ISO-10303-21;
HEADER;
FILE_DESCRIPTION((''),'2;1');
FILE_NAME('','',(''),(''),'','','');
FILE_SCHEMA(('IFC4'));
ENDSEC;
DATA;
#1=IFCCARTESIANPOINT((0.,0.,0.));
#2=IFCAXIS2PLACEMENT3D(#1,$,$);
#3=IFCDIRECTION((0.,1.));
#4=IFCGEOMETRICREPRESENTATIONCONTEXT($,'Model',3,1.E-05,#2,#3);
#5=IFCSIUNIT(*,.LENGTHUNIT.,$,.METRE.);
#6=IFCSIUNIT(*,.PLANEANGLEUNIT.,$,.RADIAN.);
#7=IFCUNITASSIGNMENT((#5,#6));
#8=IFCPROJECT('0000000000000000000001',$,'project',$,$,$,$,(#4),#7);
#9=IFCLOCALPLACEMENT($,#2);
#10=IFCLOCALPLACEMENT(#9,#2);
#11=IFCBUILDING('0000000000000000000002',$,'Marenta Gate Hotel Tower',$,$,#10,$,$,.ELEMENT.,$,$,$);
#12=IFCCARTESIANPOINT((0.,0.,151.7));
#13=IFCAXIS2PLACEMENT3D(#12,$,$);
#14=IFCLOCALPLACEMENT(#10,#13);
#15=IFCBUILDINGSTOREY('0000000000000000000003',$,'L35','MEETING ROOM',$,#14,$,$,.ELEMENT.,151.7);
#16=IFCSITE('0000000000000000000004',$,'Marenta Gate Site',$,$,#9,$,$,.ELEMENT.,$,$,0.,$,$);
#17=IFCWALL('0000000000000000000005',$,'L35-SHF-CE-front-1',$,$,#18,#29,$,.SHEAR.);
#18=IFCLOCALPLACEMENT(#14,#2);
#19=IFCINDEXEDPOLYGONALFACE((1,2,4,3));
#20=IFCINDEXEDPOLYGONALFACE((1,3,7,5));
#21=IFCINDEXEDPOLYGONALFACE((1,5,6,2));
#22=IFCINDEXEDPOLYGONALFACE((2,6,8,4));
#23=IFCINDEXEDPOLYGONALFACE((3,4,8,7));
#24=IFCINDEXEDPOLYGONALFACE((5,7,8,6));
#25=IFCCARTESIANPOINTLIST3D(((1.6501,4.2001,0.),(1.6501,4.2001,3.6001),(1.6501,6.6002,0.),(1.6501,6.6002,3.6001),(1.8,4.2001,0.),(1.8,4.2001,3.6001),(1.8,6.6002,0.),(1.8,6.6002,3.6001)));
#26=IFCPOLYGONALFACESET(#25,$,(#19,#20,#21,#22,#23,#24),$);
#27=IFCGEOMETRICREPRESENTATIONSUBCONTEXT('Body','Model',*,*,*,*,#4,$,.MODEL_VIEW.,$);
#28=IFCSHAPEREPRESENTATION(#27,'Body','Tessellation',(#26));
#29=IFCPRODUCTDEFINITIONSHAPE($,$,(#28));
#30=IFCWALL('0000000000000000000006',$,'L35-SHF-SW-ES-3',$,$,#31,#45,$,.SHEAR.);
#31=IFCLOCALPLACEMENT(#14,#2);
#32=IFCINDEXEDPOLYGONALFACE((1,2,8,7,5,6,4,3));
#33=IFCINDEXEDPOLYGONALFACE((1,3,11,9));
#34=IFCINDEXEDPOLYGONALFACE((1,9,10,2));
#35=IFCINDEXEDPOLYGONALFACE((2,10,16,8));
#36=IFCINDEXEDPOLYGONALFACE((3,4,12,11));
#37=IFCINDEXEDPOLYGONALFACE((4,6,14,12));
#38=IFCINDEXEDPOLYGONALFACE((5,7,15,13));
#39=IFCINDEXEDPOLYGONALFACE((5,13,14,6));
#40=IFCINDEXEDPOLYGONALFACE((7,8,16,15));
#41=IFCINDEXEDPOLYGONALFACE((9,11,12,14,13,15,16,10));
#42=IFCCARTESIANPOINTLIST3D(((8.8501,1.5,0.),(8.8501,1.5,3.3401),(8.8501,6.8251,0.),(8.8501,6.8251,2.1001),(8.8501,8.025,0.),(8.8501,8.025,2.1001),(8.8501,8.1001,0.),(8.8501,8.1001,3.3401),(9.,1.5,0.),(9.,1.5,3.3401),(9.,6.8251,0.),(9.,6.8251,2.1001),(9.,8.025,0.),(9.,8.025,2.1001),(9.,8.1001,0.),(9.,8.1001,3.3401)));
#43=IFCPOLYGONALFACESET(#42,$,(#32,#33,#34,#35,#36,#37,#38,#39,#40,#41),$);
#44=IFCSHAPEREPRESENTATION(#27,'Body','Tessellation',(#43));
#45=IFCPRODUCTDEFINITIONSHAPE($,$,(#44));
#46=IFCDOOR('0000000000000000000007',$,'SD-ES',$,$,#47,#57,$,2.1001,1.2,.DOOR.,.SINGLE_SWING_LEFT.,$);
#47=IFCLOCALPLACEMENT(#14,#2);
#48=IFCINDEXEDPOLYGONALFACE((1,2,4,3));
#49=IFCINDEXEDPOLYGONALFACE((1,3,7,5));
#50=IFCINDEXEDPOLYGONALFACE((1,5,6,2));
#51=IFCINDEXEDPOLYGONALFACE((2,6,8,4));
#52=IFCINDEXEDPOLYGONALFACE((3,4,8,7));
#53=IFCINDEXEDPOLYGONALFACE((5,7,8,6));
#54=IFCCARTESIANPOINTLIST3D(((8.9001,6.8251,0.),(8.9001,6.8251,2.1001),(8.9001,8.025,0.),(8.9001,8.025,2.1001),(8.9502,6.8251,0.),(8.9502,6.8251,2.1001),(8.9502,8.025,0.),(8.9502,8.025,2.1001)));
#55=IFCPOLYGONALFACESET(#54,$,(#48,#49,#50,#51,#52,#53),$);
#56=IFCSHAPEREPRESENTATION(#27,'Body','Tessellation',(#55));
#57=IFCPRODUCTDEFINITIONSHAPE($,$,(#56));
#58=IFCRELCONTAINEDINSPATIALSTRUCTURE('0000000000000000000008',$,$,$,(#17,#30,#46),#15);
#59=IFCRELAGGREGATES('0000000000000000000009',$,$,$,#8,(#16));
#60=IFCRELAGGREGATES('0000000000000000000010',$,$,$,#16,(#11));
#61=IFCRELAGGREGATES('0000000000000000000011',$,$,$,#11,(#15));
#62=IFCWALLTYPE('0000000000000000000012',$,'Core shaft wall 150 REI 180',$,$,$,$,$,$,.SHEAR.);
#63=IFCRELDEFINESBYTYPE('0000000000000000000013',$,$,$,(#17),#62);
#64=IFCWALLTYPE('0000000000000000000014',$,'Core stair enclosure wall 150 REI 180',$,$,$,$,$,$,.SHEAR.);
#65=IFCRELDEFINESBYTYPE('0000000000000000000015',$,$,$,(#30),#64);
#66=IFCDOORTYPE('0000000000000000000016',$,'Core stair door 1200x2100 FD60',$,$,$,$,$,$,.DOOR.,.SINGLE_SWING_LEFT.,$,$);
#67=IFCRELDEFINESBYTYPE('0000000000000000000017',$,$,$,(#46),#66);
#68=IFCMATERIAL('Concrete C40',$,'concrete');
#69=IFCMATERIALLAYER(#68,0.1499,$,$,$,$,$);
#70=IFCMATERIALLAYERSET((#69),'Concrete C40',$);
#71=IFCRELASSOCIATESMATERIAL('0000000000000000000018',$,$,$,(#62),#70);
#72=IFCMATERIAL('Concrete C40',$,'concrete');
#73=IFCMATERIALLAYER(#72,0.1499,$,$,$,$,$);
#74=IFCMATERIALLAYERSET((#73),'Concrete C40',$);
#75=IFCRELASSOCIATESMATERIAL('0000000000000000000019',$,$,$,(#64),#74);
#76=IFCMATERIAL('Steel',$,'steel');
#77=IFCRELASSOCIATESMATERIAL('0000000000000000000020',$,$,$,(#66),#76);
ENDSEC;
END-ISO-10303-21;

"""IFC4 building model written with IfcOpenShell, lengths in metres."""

from ifc_helpers import new_model, si_unit, direction, frame, frame_2d, origin, place, context, subcontext, project, spatial, rectangle, extrude, material, layer, layer_set, type_object, element, fill, save


model = new_model("IFC4")

# Units and contexts
model_context = context("Model", 3, precision=1e-05, world=origin(), true_north=direction((0.0, 1.0)))
body_context = subcontext(model_context, "Body", "Model", "MODEL_VIEW")
ifc_project = project(units=[si_unit("LENGTHUNIT", "METRE"), si_unit("PLANEANGLEUNIT", "RADIAN")], contexts=[model_context])

# Site, building, storey
site_placement = place(None, origin())
site = spatial("IfcSite", under=ifc_project, at=site_placement, Name="Marenta Gate Site", CompositionType="ELEMENT", RefElevation=0.0)
building_placement = place(site_placement, origin())
building = spatial("IfcBuilding", under=site, at=building_placement, Name="Marenta Gate Hotel Tower", CompositionType="ELEMENT")
storey_placement = place(building_placement, frame((0.0, 0.0, 151.7)))
storey = spatial("IfcBuildingStorey", under=building, at=storey_placement, Name="L35", Description="MEETING ROOM", CompositionType="ELEMENT", Elevation=151.7)

# Shared definitions
ifc_material_1 = material(Name="Concrete C40", Category="concrete")
ifc_layer_1 = layer(ifc_material_1, 0.1499)
ifc_layer_set_1 = layer_set([ifc_layer_1], Name="Concrete C40")
wall_type_1 = type_object("IfcWallType", Name="Core shaft wall 150 REI 180", PredefinedType="SHEAR", material=ifc_layer_set_1)

# Wall
wall_1_placement = place(storey_placement, frame((1.7251, 4.2, 0.0), z_axis=(0.0, 0.0, 1.0), x_axis=(0.0, 1.0, 0.0)))
element("IfcWall", 1, at=wall_1_placement, inside=storey, type_object=wall_type_1, Name="L35-SHF-CE-front-1", PredefinedType="SHEAR", context=body_context, shape_type="SweptSolid", body=[
    extrude(rectangle(XDim=2.4001, YDim=0.1499, at=frame_2d((1.2002, 0.0))), origin(), (0.0, 0.0, 1.0), 3.6001),
])

# Wall, opening, door
ifc_material_2 = material(Name="Concrete C40", Category="concrete")
ifc_layer_2 = layer(ifc_material_2, 0.1499)
ifc_layer_set_2 = layer_set([ifc_layer_2], Name="Concrete C40")
wall_type_2 = type_object("IfcWallType", Name="Core stair enclosure wall 150 REI 180", PredefinedType="SHEAR", material=ifc_layer_set_2)
wall_2_placement = place(storey_placement, frame((8.925, 1.5, 0.0), z_axis=(0.0, 0.0, 1.0), x_axis=(0.0, 1.0, 0.0)))
wall_2 = element("IfcWall", 2, at=wall_2_placement, inside=storey, type_object=wall_type_2, Name="L35-SHF-SW-ES-3", PredefinedType="SHEAR", context=body_context, shape_type="SweptSolid", body=[
    extrude(rectangle(XDim=6.6001, YDim=0.1499, at=frame_2d((3.3, 0.0))), origin(), (0.0, 0.0, 1.0), 3.3401),
])
opening_1_placement = place(wall_2_placement, frame((5.325, 0.0, 0.0)))
opening_1 = element("IfcOpeningElement", 3, at=opening_1_placement, cuts=wall_2, PredefinedType="OPENING", context=body_context, shape_type="SweptSolid", body=[
    extrude(rectangle(XDim=1.2, YDim=2.1001, at=frame_2d((0.6001, 1.05))), frame((0.0, 0.075, 0.0), z_axis=(0.0, -1.0, 0.0), x_axis=(1.0, 0.0, 0.0)), (0.0, 0.0, 1.0), 0.1499),
])
ifc_material_3 = material(Name="Steel", Category="steel")
door_type_1 = type_object("IfcDoorType", Name="Core stair door 1200x2100 FD60", OperationType="SINGLE_SWING_LEFT", PredefinedType="DOOR", material=ifc_material_3)
door_1_placement = place(opening_1_placement, origin())
door_1 = element("IfcDoor", 4, at=door_1_placement, inside=storey, type_object=door_type_1, Name="SD-ES", OperationType="SINGLE_SWING_LEFT", OverallHeight=2.1001, OverallWidth=1.2, PredefinedType="DOOR", context=body_context, shape_type="SweptSolid", body=[
    extrude(rectangle(XDim=1.2, YDim=2.1001, at=frame_2d((0.6001, 1.05))), frame((0.0, 0.0249, 0.0), z_axis=(0.0, -1.0, 0.0), x_axis=(1.0, 0.0, 0.0)), (0.0, 0.0, 1.0), 0.05),
])
fill(opening_1, door_1)

save(model, "model.ifc")
